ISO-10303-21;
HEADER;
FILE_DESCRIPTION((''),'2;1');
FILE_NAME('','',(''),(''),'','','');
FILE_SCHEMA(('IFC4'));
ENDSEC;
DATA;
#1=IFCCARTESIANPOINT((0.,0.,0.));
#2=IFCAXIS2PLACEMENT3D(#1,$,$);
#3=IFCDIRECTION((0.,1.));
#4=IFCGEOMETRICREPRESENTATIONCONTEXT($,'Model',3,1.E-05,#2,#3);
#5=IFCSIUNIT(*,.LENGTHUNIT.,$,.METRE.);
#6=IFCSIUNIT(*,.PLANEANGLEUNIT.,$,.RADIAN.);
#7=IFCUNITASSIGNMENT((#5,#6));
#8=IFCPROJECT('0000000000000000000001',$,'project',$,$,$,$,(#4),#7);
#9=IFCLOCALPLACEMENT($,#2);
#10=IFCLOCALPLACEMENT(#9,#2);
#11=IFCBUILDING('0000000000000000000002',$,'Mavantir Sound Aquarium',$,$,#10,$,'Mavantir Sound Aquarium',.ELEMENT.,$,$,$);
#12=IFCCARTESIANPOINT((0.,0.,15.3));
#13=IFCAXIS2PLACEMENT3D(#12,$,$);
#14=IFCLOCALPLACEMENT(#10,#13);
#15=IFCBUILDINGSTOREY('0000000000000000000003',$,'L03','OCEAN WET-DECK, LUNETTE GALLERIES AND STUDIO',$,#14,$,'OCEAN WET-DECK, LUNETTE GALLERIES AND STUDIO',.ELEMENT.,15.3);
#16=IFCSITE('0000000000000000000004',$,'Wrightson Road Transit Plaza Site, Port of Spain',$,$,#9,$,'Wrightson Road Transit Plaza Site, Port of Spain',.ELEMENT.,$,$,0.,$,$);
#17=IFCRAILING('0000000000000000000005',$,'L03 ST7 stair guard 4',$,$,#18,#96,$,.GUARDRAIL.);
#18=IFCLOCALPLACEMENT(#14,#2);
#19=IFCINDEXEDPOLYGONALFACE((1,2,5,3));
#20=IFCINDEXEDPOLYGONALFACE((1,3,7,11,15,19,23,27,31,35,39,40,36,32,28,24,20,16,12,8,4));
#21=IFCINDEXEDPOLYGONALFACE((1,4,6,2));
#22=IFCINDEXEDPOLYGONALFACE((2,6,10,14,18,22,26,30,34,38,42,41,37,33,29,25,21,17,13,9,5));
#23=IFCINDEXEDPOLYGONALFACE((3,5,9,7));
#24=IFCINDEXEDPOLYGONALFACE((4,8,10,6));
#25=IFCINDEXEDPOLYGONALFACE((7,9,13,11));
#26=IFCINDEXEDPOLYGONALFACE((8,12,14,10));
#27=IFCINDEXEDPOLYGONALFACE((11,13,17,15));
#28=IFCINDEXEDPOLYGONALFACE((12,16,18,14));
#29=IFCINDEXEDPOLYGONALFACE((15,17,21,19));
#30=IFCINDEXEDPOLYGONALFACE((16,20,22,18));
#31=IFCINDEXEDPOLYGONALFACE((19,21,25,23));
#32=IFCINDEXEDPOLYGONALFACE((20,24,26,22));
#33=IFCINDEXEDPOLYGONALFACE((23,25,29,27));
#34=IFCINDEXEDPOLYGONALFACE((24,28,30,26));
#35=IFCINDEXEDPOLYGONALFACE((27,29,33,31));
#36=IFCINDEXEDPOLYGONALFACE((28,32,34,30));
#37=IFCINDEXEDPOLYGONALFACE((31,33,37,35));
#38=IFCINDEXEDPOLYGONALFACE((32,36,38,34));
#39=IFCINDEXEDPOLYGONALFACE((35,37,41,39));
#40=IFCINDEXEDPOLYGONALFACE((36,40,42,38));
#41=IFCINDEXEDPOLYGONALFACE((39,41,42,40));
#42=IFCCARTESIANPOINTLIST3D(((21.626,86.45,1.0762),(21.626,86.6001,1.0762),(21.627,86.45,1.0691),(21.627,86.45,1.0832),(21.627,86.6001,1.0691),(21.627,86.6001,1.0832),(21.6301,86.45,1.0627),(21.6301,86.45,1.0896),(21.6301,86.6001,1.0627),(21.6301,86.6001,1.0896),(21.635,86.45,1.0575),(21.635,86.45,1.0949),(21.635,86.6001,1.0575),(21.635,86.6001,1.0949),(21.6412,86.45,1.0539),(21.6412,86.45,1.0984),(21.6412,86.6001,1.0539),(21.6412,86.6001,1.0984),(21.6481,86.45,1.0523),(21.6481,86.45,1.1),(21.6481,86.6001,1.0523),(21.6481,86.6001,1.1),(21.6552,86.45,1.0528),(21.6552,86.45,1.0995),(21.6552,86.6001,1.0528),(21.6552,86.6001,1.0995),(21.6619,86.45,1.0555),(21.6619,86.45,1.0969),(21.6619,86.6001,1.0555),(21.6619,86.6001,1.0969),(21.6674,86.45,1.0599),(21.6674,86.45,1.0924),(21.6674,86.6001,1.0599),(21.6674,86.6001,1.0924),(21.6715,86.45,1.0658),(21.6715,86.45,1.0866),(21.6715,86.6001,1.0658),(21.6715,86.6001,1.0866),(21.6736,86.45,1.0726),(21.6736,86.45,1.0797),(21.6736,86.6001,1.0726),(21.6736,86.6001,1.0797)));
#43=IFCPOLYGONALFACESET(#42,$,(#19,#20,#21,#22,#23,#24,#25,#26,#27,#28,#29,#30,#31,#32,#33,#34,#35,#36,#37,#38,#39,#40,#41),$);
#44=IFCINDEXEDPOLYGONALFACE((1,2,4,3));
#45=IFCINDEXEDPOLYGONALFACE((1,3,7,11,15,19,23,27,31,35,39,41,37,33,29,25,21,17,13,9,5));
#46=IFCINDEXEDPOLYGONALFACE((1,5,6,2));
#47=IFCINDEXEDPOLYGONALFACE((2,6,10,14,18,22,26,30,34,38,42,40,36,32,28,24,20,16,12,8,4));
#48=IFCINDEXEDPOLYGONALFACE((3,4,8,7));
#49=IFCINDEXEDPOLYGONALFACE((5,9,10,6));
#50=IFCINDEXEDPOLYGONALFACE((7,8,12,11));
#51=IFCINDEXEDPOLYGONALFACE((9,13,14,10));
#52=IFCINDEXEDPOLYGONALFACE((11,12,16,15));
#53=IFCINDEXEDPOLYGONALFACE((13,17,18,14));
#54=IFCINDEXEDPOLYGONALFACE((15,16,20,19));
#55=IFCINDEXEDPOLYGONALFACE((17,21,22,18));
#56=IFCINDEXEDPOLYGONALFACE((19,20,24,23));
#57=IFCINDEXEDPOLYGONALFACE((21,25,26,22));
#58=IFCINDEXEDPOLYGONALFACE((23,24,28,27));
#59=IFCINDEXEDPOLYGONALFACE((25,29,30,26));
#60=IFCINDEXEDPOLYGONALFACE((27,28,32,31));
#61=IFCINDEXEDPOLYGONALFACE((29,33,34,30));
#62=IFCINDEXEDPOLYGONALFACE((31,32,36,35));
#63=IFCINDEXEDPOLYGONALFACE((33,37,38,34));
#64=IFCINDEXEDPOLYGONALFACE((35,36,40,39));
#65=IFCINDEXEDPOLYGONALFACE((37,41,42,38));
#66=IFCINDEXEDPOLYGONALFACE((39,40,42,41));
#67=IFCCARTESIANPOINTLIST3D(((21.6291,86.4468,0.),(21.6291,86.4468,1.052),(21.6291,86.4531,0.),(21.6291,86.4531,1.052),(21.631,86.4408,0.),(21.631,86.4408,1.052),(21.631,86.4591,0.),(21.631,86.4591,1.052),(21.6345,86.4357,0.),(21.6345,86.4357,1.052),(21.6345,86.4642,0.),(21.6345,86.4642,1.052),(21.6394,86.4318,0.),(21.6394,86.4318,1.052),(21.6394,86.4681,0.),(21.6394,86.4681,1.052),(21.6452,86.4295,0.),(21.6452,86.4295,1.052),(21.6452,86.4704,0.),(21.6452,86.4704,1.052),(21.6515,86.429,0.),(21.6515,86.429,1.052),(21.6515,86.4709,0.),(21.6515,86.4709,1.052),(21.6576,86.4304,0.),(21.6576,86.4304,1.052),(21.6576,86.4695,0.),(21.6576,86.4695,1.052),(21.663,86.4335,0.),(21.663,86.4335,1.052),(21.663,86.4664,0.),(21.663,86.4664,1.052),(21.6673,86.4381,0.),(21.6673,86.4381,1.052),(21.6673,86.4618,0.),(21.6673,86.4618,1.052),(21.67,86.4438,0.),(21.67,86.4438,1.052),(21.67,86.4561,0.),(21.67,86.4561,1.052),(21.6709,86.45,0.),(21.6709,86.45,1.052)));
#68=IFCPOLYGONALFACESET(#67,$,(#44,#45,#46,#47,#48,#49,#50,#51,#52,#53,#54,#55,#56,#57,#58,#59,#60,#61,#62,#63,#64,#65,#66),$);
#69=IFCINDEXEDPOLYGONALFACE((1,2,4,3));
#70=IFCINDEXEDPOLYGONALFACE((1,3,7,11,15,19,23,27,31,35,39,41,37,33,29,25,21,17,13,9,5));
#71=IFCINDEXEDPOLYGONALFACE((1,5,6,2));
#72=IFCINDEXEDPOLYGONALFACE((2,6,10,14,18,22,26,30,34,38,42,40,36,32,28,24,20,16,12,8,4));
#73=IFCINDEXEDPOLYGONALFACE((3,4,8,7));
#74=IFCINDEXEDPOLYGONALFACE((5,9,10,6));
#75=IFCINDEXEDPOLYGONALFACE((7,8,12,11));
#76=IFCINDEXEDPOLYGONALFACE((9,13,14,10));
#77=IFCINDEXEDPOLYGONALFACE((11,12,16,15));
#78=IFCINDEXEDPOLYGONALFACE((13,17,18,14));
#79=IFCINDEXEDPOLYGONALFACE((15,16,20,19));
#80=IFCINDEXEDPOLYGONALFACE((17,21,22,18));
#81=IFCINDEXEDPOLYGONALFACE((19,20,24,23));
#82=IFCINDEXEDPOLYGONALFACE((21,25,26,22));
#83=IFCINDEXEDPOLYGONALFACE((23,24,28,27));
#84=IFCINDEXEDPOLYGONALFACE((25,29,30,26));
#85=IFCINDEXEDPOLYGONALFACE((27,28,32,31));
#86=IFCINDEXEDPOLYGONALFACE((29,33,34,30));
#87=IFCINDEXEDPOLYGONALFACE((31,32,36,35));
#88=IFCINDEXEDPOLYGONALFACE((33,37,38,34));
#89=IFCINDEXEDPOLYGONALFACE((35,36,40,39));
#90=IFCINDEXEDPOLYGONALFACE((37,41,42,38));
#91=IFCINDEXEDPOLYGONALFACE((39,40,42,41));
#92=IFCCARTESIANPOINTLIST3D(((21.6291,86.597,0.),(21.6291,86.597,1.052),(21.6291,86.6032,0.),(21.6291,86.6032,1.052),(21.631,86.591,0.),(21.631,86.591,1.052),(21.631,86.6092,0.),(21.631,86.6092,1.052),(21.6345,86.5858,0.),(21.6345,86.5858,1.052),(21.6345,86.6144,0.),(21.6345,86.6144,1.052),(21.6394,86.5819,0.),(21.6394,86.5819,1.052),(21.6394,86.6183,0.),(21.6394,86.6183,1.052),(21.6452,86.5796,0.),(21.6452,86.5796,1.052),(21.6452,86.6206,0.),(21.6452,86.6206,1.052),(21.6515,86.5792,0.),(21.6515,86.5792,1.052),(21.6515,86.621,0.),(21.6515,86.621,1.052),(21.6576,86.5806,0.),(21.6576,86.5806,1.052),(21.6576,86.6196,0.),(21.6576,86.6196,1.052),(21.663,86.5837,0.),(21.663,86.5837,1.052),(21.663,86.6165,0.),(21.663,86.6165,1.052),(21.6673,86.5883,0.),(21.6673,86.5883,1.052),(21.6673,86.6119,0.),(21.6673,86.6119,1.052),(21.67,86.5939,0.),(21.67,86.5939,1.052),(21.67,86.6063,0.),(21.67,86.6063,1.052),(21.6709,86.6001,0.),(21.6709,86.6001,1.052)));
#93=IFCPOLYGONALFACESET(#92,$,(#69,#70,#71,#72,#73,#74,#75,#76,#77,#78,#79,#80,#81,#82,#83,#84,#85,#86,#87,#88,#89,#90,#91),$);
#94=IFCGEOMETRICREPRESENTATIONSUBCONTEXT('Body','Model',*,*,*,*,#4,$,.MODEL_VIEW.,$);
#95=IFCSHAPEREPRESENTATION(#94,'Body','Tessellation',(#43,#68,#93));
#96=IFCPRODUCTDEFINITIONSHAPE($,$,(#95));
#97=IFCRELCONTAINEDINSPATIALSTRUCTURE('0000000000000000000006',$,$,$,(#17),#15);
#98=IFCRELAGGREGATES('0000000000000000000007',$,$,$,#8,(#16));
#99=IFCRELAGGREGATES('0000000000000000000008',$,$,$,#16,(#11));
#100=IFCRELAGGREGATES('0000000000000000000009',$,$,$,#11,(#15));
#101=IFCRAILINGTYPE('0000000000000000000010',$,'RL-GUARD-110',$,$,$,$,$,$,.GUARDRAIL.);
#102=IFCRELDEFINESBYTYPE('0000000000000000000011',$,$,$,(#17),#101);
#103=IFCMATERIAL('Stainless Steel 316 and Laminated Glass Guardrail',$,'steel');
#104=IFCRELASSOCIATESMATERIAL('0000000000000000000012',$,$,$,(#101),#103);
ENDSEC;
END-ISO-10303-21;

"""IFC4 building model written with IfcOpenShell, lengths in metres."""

from ifc_helpers import new_model, si_unit, direction, frame, origin, origin_2d, place, context, subcontext, project, spatial, circle, extrude, material, type_object, element, save


model = new_model("IFC4")

# Units and contexts
model_context = context("Model", 3, precision=1e-05, world=origin(), true_north=direction((0.0, 1.0)))
body_context = subcontext(model_context, "Body", "Model", "MODEL_VIEW")
ifc_project = project(units=[si_unit("LENGTHUNIT", "METRE"), si_unit("PLANEANGLEUNIT", "RADIAN")], contexts=[model_context])

# Site, building, storey
site_placement = place(None, origin())
site = spatial("IfcSite", under=ifc_project, at=site_placement, Name="Wrightson Road Transit Plaza Site, Port of Spain", LongName="Wrightson Road Transit Plaza Site, Port of Spain", CompositionType="ELEMENT", RefElevation=0.0)
building_placement = place(site_placement, origin())
building = spatial("IfcBuilding", under=site, at=building_placement, Name="Mavantir Sound Aquarium", LongName="Mavantir Sound Aquarium", CompositionType="ELEMENT")
storey_placement = place(building_placement, frame((0.0, 0.0, 15.3)))
storey = spatial("IfcBuildingStorey", under=building, at=storey_placement, Name="L03", Description="OCEAN WET-DECK, LUNETTE GALLERIES AND STUDIO", LongName="OCEAN WET-DECK, LUNETTE GALLERIES AND STUDIO", CompositionType="ELEMENT", Elevation=15.3)

# Railing
ifc_material_1 = material(Name="Stainless Steel 316 and Laminated Glass Guardrail", Category="steel")
railing_type_1 = type_object("IfcRailingType", Name="RL-GUARD-110", PredefinedType="GUARDRAIL", material=ifc_material_1)
railing_1_placement = place(storey_placement, frame((21.6499, 86.45, 0.0)))
element("IfcRailing", 1, at=railing_1_placement, inside=storey, type_object=railing_type_1, Name="L03 ST7 stair guard 4", PredefinedType="GUARDRAIL", context=body_context, shape_type="SweptSolid", body=[
    extrude(circle(Radius=0.0239, at=origin_2d()), frame((0.0, 0.0, 1.0762), z_axis=(0.0, 1.0, 0.0), x_axis=(-1.0, 0.0, 0.0)), (0.0, 0.0, 1.0), 0.1501),
    extrude(circle(Radius=0.021, at=origin_2d()), origin(), (0.0, 0.0, 1.0), 1.052),
    extrude(circle(Radius=0.021, at=origin_2d()), frame((0.0, 0.1501, 0.0)), (0.0, 0.0, 1.0), 1.052),
])

save(model, "model.ifc")
